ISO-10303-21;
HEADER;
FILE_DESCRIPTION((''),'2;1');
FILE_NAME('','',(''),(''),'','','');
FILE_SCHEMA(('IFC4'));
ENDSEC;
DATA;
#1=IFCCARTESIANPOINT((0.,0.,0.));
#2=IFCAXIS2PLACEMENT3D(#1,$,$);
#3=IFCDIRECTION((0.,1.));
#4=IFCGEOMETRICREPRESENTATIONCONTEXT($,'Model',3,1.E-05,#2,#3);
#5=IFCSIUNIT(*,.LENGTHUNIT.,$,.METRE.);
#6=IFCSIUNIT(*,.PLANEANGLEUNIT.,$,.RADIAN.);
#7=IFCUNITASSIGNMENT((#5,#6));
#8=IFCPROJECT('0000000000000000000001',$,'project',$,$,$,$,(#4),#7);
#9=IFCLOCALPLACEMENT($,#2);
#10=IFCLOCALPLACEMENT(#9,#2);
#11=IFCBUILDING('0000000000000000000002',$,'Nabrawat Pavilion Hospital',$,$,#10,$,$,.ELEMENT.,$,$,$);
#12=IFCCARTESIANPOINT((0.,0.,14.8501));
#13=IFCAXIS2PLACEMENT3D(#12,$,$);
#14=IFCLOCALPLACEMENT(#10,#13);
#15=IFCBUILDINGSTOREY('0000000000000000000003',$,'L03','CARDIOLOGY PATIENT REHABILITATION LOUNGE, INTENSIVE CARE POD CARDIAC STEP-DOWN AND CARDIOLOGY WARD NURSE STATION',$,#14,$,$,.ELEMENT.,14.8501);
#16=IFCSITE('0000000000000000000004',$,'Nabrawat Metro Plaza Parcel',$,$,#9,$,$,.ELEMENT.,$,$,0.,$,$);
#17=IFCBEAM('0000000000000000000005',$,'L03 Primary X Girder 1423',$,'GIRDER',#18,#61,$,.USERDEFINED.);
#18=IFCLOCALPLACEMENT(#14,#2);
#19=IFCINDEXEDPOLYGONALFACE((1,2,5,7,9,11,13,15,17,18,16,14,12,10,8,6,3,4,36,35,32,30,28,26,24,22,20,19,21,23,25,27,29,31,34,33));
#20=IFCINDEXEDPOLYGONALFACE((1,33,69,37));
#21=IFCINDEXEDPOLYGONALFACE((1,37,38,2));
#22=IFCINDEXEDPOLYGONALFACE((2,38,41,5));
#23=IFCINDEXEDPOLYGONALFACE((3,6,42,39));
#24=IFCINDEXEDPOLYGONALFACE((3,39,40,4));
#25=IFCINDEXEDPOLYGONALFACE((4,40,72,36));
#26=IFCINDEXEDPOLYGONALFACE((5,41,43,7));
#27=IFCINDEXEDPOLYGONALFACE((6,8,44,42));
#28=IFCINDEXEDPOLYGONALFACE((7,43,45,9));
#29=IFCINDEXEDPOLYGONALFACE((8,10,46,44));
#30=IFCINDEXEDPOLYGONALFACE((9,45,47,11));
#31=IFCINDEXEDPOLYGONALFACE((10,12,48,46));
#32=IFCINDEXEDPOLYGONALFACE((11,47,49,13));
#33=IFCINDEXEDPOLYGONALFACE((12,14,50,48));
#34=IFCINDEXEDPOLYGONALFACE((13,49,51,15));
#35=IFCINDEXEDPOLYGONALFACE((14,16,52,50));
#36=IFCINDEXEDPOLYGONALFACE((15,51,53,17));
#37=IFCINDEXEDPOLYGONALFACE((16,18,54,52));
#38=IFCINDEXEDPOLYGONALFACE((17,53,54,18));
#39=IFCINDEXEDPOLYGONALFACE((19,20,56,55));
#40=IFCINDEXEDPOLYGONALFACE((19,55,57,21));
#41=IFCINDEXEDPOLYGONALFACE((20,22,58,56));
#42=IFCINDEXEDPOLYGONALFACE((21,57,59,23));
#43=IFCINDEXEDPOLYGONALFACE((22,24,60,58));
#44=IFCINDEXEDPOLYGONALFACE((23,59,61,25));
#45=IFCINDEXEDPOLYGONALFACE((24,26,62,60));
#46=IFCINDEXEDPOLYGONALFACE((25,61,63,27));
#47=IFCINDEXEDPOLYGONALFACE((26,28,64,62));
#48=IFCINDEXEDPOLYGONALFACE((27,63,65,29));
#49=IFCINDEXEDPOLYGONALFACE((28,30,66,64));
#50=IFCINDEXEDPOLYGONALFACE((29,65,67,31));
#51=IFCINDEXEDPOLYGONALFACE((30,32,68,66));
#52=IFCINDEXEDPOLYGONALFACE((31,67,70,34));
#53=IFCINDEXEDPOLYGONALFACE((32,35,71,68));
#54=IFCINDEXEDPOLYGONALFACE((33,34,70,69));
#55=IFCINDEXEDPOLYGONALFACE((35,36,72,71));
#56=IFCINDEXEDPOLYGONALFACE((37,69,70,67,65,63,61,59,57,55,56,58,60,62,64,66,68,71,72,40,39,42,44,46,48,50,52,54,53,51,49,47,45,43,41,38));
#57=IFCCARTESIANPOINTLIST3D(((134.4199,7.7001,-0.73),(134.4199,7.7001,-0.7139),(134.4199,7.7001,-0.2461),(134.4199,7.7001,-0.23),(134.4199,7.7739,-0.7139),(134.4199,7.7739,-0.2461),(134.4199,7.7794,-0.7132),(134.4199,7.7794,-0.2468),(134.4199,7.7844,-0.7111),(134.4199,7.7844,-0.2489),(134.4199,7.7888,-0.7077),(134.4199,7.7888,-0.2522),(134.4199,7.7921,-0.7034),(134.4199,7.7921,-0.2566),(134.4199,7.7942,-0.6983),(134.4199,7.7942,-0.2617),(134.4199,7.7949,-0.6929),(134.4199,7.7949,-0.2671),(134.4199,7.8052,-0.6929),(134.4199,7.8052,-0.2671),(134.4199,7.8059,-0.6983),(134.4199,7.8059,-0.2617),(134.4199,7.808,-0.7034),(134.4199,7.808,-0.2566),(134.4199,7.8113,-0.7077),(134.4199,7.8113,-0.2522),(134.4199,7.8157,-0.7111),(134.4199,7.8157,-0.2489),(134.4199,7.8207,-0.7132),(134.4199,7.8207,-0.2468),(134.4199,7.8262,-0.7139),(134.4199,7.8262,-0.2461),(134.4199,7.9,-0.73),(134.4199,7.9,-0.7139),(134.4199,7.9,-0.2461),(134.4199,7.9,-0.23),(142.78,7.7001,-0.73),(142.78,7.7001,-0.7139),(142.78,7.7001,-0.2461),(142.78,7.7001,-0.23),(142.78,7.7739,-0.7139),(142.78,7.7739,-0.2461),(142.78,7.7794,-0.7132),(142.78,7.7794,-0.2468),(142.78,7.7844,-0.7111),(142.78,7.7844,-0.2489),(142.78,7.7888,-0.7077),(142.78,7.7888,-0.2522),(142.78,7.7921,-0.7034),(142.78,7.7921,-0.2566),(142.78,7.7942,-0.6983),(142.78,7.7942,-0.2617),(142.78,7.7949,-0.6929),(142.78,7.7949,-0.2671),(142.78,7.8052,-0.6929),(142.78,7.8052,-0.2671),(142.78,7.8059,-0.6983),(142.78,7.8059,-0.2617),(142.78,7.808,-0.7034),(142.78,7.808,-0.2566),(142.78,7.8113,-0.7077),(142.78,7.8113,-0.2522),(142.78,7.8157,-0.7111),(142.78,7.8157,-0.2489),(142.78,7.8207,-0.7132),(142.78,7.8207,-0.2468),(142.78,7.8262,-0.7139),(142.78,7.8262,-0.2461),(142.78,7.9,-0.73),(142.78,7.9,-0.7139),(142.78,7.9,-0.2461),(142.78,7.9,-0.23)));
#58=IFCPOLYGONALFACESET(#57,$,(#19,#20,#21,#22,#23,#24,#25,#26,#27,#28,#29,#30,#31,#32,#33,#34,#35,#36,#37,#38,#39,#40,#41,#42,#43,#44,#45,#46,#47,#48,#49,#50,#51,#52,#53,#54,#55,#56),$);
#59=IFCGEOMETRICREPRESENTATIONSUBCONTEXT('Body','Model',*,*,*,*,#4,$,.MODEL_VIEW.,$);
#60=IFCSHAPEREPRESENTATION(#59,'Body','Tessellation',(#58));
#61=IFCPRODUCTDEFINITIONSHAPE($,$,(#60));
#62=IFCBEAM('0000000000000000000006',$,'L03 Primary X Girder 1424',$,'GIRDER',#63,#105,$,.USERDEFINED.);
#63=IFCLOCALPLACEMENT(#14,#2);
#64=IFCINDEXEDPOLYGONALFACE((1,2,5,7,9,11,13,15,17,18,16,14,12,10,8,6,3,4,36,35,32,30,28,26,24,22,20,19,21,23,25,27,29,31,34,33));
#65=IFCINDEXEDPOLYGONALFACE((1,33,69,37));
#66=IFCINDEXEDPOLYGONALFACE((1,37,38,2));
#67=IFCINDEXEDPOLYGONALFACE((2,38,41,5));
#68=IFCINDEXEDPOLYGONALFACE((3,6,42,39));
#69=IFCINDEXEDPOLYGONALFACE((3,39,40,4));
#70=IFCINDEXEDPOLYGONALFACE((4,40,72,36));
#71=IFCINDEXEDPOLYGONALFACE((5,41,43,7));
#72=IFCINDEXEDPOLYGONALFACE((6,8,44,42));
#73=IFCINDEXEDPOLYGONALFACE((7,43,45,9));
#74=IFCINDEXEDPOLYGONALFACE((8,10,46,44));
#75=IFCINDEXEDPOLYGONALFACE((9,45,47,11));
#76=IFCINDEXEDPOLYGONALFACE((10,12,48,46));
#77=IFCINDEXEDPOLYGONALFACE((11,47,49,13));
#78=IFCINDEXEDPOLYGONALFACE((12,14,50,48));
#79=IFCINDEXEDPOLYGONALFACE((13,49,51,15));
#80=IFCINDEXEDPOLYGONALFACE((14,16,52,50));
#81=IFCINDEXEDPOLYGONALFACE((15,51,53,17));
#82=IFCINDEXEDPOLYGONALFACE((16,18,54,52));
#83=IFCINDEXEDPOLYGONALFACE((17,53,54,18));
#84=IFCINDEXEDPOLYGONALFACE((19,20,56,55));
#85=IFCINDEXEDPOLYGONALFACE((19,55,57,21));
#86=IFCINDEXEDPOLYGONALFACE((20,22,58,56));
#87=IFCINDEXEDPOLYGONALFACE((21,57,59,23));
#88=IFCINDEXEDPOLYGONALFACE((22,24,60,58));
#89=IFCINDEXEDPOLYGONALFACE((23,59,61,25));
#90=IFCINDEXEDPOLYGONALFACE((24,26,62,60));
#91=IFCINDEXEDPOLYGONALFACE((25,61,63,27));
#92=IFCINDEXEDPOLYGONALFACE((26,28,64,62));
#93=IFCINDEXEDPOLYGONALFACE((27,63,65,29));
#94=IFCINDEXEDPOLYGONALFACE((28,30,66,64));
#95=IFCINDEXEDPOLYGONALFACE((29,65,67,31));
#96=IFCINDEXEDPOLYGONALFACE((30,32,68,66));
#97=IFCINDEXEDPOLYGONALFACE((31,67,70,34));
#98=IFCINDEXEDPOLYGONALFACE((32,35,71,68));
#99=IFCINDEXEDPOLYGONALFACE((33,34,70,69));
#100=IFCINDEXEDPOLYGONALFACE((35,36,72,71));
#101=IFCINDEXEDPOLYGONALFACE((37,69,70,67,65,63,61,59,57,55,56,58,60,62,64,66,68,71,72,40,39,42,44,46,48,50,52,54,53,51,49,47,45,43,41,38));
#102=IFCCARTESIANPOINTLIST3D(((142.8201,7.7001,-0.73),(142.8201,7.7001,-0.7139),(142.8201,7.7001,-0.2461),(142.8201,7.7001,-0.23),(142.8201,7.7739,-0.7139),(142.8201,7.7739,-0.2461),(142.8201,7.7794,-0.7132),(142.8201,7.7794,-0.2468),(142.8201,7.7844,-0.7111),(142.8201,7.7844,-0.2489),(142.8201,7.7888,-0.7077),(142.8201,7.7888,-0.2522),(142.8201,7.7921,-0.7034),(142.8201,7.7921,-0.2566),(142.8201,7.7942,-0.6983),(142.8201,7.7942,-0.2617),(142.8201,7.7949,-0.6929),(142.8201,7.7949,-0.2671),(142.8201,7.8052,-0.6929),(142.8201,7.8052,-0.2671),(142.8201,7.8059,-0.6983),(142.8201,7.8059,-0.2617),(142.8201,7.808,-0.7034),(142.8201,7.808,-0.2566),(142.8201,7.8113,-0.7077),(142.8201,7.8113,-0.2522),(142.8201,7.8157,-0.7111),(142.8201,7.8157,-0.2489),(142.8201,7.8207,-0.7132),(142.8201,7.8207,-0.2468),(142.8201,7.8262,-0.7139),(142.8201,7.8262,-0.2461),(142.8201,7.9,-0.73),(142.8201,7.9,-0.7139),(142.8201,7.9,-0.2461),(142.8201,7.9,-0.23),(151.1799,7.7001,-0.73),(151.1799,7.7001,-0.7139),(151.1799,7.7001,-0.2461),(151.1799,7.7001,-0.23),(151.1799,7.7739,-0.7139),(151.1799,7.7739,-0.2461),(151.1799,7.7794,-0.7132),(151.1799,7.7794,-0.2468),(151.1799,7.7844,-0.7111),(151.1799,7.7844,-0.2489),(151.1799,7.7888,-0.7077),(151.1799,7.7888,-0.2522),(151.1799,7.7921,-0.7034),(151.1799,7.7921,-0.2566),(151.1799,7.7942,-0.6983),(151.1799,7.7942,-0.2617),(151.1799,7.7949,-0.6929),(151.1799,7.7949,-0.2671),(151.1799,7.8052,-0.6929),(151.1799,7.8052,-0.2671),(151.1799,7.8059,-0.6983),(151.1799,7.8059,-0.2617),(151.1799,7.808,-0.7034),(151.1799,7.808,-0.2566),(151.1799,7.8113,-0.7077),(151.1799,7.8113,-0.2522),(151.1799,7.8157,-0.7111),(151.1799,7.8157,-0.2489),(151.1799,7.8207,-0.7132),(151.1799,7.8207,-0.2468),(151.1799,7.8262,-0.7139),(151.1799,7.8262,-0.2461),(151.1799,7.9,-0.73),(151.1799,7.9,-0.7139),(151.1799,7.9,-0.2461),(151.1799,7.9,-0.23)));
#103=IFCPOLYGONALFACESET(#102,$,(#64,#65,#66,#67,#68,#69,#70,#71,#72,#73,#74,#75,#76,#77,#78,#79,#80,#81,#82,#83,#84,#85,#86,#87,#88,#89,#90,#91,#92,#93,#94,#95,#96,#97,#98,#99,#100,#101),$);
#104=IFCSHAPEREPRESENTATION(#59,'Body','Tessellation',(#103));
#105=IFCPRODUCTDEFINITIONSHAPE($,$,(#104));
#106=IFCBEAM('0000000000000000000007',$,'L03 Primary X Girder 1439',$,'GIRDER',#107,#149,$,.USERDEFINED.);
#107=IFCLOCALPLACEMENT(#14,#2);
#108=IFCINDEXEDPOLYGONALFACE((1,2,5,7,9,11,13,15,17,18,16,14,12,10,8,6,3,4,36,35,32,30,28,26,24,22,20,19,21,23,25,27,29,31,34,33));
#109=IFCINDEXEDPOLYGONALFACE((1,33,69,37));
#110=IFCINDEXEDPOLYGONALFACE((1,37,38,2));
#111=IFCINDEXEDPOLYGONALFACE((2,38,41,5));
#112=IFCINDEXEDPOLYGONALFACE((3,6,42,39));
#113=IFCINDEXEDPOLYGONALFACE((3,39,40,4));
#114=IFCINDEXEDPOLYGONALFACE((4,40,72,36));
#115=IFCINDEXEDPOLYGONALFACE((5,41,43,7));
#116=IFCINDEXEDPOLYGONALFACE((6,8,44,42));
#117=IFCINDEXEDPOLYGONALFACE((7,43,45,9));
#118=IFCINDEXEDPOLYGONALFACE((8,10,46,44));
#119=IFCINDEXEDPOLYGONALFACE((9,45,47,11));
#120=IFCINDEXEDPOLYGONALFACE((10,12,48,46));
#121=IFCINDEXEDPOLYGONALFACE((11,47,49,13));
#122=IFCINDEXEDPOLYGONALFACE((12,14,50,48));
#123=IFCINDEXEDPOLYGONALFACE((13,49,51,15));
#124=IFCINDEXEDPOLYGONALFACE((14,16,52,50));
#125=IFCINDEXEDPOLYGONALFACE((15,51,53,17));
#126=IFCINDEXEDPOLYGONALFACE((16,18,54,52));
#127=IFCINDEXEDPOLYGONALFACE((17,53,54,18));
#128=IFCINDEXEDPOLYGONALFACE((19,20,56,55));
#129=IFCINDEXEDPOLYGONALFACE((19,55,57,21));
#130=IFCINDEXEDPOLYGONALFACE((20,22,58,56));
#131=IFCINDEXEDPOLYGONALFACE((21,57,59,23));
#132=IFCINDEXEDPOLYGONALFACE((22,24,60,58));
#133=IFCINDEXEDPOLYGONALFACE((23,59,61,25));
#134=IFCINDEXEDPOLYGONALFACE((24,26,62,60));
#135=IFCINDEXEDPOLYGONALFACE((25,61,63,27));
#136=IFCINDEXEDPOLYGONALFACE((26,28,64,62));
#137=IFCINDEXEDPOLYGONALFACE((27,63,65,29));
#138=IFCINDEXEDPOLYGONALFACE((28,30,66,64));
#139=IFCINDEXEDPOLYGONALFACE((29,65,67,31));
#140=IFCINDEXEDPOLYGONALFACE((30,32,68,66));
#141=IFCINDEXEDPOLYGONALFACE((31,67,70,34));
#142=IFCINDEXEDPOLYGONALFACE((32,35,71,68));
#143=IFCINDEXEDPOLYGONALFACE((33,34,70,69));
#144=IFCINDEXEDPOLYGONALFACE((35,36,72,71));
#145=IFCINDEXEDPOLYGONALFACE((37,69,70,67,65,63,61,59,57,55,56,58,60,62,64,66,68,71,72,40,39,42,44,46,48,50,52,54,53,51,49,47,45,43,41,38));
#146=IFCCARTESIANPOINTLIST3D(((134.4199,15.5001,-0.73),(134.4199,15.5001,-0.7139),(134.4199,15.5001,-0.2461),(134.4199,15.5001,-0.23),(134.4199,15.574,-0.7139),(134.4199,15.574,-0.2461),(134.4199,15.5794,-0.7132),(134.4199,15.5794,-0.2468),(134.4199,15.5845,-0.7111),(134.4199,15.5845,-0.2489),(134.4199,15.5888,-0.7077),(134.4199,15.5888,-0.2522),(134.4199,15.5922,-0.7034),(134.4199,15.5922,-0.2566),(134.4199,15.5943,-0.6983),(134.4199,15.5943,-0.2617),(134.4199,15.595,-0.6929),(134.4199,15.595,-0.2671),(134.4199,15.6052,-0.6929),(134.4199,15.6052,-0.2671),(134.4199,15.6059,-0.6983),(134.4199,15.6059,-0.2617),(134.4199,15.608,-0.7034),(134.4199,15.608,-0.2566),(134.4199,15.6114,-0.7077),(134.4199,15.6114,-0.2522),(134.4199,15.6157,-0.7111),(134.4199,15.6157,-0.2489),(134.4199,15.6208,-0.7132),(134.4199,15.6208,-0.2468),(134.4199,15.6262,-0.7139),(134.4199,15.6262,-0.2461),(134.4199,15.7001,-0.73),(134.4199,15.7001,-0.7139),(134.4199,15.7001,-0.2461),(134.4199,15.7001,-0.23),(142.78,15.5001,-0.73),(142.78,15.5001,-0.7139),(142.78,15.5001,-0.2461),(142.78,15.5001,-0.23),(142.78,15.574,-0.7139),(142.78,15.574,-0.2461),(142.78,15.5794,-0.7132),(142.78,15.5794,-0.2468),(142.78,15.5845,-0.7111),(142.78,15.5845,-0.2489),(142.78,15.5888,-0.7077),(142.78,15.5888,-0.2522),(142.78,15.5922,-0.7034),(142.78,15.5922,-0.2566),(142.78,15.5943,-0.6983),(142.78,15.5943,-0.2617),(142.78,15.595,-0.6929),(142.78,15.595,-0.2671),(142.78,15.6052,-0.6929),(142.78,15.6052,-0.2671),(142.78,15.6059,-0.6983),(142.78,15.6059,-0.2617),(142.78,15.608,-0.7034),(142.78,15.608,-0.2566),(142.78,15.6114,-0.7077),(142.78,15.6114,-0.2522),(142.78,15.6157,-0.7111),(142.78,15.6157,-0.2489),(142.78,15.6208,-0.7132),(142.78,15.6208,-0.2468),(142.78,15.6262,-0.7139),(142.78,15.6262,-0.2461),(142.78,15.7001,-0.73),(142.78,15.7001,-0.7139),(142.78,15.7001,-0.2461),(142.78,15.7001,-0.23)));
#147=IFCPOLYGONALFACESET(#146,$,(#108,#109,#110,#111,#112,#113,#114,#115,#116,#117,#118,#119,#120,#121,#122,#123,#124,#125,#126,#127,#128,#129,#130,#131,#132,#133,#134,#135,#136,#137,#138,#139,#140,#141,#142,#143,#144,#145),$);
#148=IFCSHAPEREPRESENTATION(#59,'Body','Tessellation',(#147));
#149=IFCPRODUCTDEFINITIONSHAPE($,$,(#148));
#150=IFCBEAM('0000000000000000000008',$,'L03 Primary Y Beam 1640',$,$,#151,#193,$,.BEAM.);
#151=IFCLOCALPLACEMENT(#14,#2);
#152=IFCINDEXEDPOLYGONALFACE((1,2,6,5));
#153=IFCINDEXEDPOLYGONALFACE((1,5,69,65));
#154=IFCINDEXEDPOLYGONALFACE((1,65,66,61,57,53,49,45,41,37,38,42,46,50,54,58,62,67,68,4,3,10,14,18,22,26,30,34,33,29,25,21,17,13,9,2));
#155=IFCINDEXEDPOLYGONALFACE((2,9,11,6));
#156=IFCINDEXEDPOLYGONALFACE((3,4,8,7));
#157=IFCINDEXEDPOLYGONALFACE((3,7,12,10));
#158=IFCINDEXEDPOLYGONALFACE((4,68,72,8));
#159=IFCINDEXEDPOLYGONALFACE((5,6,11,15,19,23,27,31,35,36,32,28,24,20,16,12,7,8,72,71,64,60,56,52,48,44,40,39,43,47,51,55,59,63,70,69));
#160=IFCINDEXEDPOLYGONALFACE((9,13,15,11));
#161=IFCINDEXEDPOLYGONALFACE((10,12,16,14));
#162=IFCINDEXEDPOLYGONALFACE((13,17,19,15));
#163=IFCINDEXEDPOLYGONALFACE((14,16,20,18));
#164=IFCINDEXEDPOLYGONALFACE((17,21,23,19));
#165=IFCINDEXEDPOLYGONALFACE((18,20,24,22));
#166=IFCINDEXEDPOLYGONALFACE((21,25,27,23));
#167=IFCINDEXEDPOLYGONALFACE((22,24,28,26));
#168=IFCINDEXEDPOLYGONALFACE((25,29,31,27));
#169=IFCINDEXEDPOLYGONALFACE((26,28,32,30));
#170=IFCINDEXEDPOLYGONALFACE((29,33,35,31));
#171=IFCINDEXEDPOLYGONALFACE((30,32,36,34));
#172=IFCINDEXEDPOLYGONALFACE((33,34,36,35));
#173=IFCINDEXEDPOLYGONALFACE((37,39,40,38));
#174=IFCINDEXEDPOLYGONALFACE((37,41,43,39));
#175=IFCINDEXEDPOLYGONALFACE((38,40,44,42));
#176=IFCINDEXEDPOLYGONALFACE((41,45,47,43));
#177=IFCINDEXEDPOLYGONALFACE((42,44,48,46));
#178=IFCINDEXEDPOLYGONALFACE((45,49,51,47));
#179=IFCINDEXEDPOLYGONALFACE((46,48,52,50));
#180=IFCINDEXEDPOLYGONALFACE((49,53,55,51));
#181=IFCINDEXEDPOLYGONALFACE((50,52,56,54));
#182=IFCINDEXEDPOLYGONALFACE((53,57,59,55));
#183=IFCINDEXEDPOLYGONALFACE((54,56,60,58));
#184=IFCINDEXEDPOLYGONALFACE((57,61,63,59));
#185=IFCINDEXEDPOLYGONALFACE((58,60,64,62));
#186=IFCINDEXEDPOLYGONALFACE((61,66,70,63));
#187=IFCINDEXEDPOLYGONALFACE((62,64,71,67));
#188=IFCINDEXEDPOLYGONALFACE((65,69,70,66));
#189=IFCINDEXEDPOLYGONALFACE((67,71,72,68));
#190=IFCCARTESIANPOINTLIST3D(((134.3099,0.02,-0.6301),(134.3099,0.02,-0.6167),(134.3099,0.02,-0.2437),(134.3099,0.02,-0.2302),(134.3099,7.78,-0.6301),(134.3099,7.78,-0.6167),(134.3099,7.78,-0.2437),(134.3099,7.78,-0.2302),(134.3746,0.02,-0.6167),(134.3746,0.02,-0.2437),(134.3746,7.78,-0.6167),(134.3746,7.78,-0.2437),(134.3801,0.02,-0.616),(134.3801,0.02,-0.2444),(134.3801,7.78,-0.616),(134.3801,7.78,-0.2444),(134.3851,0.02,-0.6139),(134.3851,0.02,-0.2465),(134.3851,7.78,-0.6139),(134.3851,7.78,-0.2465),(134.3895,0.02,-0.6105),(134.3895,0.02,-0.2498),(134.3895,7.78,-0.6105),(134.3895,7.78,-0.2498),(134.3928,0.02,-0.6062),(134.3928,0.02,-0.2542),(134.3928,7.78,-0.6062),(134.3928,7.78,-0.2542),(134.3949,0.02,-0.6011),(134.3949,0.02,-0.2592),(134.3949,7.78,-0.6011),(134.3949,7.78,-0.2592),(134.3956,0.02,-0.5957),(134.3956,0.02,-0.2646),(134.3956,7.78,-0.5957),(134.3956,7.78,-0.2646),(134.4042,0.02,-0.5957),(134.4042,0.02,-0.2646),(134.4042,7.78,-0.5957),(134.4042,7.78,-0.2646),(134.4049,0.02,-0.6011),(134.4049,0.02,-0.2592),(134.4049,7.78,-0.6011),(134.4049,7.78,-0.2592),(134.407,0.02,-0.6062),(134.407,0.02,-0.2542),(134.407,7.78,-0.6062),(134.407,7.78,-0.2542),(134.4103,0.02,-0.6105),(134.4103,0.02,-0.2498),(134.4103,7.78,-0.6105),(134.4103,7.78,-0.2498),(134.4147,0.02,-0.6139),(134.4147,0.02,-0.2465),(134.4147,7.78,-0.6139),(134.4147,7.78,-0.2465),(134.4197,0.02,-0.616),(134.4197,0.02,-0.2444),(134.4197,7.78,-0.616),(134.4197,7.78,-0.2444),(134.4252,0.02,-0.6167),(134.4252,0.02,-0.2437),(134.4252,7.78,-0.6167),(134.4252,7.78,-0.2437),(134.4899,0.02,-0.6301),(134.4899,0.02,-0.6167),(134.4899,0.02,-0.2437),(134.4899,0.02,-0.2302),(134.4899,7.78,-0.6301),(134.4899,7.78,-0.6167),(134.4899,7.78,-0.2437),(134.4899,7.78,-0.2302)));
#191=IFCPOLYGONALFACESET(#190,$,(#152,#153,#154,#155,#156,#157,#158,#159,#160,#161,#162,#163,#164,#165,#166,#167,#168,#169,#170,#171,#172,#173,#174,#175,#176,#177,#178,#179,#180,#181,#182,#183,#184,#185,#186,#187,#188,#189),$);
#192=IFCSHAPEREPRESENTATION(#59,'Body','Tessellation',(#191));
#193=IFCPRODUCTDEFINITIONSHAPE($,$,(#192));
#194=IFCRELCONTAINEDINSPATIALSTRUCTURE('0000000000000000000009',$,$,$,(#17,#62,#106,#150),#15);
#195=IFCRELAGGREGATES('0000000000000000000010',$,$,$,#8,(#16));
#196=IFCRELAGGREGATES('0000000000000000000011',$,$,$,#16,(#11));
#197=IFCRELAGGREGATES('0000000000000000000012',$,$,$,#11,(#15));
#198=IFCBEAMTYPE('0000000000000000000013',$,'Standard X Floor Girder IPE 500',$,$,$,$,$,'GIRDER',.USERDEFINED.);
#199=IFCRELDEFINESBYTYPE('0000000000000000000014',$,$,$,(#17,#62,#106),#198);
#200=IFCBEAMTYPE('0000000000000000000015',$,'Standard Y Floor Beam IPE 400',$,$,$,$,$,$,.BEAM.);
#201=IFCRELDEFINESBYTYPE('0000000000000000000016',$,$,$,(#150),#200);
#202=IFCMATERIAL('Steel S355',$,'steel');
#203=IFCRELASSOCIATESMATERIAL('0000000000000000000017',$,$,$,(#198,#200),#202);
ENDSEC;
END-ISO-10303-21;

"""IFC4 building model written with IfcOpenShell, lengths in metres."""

from ifc_helpers import new_model, si_unit, direction, frame, origin, origin_2d, place, context, subcontext, project, spatial, i_section, extrude, material, material_profile, profile_set, type_object, element, save


model = new_model("IFC4")

# Units and contexts
model_context = context("Model", 3, precision=1e-05, world=origin(), true_north=direction((0.0, 1.0)))
body_context = subcontext(model_context, "Body", "Model", "MODEL_VIEW")
ifc_project = project(units=[si_unit("LENGTHUNIT", "METRE"), si_unit("PLANEANGLEUNIT", "RADIAN")], contexts=[model_context])

# Site, building, storey
site_placement = place(None, origin())
site = spatial("IfcSite", under=ifc_project, at=site_placement, Name="Nabrawat Metro Plaza Parcel", CompositionType="ELEMENT", RefElevation=0.0)
building_placement = place(site_placement, origin())
building = spatial("IfcBuilding", under=site, at=building_placement, Name="Nabrawat Pavilion Hospital", CompositionType="ELEMENT")
storey_placement = place(building_placement, frame((0.0, 0.0, 14.8501)))
storey = spatial("IfcBuildingStorey", under=building, at=storey_placement, Name="L03", Description="CARDIOLOGY PATIENT REHABILITATION LOUNGE, INTENSIVE CARE POD CARDIAC STEP-DOWN AND CARDIOLOGY WARD NURSE STATION", CompositionType="ELEMENT", Elevation=14.8501)

# Shared definitions
ifc_material_1 = material(Name="Steel S355", Category="steel")

# Beams
ifc_material_profile_1 = material_profile(ifc_material_1, i_section(OverallWidth=0.2, OverallDepth=0.5, WebThickness=0.0103, FlangeThickness=0.0161, FilletRadius=0.021, at=origin_2d()), Name="IPE 500")
ifc_profile_set_1 = profile_set([ifc_material_profile_1], Name="Steel S355")
beam_type_1 = type_object("IfcBeamType", Name="Standard X Floor Girder IPE 500", ElementType="GIRDER", PredefinedType="USERDEFINED", material=ifc_profile_set_1)
beam_1_placement = place(storey_placement, frame((134.4199, 7.8, -0.48), z_axis=(1.0, 0.0, 0.0), x_axis=(0.0, 1.0, 0.0)))
element("IfcBeam", 1, at=beam_1_placement, inside=storey, type_object=beam_type_1, Name="L03 Primary X Girder 1423", ObjectType="GIRDER", PredefinedType="USERDEFINED", context=body_context, shape_type="SweptSolid", body=[
    extrude(i_section(OverallWidth=0.2, OverallDepth=0.5, WebThickness=0.0103, FlangeThickness=0.0161, FilletRadius=0.021, at=origin_2d()), origin(), (0.0, 0.0, 1.0), 8.3601),
])
beam_2_placement = place(storey_placement, frame((142.8201, 7.8, -0.48), z_axis=(1.0, 0.0, 0.0), x_axis=(0.0, 1.0, 0.0)))
element("IfcBeam", 2, at=beam_2_placement, inside=storey, type_object=beam_type_1, Name="L03 Primary X Girder 1424", ObjectType="GIRDER", PredefinedType="USERDEFINED", context=body_context, shape_type="SweptSolid", body=[
    extrude(i_section(OverallWidth=0.2, OverallDepth=0.5, WebThickness=0.0103, FlangeThickness=0.0161, FilletRadius=0.021, at=origin_2d()), origin(), (0.0, 0.0, 1.0), 8.3599),
])
beam_3_placement = place(storey_placement, frame((134.4199, 15.6001, -0.48), z_axis=(1.0, 0.0, 0.0), x_axis=(0.0, 1.0, 0.0)))
element("IfcBeam", 3, at=beam_3_placement, inside=storey, type_object=beam_type_1, Name="L03 Primary X Girder 1439", ObjectType="GIRDER", PredefinedType="USERDEFINED", context=body_context, shape_type="SweptSolid", body=[
    extrude(i_section(OverallWidth=0.2, OverallDepth=0.5, WebThickness=0.0103, FlangeThickness=0.0161, FilletRadius=0.021, at=origin_2d()), origin(), (0.0, 0.0, 1.0), 8.3601),
])
ifc_material_profile_2 = material_profile(ifc_material_1, i_section(OverallWidth=0.1799, OverallDepth=0.3999, WebThickness=0.0085, FlangeThickness=0.0134, FilletRadius=0.021, at=origin_2d()), Name="IPE 400")
ifc_profile_set_2 = profile_set([ifc_material_profile_2], Name="Steel S355")
beam_type_2 = type_object("IfcBeamType", Name="Standard Y Floor Beam IPE 400", PredefinedType="BEAM", material=ifc_profile_set_2)
for number, where, z_axis, x_axis, name in (
    (4, (134.3999, 0.02, -0.4302), (0.0, 1.0, 0.0), (-1.0, 0.0, 0.0), "L03 Primary Y Beam 1640"),
):
    element("IfcBeam", number, at=place(storey_placement, frame(where, z_axis=z_axis, x_axis=x_axis)), inside=storey, type_object=beam_type_2, Name=name, PredefinedType="BEAM", context=body_context, shape_type="SweptSolid", body=[
        extrude(i_section(OverallWidth=0.1799, OverallDepth=0.3999, WebThickness=0.0085, FlangeThickness=0.0134, FilletRadius=0.021, at=origin_2d()), origin(), (0.0, 0.0, 1.0), 7.76),
    ])

save(model, "model.ifc")
